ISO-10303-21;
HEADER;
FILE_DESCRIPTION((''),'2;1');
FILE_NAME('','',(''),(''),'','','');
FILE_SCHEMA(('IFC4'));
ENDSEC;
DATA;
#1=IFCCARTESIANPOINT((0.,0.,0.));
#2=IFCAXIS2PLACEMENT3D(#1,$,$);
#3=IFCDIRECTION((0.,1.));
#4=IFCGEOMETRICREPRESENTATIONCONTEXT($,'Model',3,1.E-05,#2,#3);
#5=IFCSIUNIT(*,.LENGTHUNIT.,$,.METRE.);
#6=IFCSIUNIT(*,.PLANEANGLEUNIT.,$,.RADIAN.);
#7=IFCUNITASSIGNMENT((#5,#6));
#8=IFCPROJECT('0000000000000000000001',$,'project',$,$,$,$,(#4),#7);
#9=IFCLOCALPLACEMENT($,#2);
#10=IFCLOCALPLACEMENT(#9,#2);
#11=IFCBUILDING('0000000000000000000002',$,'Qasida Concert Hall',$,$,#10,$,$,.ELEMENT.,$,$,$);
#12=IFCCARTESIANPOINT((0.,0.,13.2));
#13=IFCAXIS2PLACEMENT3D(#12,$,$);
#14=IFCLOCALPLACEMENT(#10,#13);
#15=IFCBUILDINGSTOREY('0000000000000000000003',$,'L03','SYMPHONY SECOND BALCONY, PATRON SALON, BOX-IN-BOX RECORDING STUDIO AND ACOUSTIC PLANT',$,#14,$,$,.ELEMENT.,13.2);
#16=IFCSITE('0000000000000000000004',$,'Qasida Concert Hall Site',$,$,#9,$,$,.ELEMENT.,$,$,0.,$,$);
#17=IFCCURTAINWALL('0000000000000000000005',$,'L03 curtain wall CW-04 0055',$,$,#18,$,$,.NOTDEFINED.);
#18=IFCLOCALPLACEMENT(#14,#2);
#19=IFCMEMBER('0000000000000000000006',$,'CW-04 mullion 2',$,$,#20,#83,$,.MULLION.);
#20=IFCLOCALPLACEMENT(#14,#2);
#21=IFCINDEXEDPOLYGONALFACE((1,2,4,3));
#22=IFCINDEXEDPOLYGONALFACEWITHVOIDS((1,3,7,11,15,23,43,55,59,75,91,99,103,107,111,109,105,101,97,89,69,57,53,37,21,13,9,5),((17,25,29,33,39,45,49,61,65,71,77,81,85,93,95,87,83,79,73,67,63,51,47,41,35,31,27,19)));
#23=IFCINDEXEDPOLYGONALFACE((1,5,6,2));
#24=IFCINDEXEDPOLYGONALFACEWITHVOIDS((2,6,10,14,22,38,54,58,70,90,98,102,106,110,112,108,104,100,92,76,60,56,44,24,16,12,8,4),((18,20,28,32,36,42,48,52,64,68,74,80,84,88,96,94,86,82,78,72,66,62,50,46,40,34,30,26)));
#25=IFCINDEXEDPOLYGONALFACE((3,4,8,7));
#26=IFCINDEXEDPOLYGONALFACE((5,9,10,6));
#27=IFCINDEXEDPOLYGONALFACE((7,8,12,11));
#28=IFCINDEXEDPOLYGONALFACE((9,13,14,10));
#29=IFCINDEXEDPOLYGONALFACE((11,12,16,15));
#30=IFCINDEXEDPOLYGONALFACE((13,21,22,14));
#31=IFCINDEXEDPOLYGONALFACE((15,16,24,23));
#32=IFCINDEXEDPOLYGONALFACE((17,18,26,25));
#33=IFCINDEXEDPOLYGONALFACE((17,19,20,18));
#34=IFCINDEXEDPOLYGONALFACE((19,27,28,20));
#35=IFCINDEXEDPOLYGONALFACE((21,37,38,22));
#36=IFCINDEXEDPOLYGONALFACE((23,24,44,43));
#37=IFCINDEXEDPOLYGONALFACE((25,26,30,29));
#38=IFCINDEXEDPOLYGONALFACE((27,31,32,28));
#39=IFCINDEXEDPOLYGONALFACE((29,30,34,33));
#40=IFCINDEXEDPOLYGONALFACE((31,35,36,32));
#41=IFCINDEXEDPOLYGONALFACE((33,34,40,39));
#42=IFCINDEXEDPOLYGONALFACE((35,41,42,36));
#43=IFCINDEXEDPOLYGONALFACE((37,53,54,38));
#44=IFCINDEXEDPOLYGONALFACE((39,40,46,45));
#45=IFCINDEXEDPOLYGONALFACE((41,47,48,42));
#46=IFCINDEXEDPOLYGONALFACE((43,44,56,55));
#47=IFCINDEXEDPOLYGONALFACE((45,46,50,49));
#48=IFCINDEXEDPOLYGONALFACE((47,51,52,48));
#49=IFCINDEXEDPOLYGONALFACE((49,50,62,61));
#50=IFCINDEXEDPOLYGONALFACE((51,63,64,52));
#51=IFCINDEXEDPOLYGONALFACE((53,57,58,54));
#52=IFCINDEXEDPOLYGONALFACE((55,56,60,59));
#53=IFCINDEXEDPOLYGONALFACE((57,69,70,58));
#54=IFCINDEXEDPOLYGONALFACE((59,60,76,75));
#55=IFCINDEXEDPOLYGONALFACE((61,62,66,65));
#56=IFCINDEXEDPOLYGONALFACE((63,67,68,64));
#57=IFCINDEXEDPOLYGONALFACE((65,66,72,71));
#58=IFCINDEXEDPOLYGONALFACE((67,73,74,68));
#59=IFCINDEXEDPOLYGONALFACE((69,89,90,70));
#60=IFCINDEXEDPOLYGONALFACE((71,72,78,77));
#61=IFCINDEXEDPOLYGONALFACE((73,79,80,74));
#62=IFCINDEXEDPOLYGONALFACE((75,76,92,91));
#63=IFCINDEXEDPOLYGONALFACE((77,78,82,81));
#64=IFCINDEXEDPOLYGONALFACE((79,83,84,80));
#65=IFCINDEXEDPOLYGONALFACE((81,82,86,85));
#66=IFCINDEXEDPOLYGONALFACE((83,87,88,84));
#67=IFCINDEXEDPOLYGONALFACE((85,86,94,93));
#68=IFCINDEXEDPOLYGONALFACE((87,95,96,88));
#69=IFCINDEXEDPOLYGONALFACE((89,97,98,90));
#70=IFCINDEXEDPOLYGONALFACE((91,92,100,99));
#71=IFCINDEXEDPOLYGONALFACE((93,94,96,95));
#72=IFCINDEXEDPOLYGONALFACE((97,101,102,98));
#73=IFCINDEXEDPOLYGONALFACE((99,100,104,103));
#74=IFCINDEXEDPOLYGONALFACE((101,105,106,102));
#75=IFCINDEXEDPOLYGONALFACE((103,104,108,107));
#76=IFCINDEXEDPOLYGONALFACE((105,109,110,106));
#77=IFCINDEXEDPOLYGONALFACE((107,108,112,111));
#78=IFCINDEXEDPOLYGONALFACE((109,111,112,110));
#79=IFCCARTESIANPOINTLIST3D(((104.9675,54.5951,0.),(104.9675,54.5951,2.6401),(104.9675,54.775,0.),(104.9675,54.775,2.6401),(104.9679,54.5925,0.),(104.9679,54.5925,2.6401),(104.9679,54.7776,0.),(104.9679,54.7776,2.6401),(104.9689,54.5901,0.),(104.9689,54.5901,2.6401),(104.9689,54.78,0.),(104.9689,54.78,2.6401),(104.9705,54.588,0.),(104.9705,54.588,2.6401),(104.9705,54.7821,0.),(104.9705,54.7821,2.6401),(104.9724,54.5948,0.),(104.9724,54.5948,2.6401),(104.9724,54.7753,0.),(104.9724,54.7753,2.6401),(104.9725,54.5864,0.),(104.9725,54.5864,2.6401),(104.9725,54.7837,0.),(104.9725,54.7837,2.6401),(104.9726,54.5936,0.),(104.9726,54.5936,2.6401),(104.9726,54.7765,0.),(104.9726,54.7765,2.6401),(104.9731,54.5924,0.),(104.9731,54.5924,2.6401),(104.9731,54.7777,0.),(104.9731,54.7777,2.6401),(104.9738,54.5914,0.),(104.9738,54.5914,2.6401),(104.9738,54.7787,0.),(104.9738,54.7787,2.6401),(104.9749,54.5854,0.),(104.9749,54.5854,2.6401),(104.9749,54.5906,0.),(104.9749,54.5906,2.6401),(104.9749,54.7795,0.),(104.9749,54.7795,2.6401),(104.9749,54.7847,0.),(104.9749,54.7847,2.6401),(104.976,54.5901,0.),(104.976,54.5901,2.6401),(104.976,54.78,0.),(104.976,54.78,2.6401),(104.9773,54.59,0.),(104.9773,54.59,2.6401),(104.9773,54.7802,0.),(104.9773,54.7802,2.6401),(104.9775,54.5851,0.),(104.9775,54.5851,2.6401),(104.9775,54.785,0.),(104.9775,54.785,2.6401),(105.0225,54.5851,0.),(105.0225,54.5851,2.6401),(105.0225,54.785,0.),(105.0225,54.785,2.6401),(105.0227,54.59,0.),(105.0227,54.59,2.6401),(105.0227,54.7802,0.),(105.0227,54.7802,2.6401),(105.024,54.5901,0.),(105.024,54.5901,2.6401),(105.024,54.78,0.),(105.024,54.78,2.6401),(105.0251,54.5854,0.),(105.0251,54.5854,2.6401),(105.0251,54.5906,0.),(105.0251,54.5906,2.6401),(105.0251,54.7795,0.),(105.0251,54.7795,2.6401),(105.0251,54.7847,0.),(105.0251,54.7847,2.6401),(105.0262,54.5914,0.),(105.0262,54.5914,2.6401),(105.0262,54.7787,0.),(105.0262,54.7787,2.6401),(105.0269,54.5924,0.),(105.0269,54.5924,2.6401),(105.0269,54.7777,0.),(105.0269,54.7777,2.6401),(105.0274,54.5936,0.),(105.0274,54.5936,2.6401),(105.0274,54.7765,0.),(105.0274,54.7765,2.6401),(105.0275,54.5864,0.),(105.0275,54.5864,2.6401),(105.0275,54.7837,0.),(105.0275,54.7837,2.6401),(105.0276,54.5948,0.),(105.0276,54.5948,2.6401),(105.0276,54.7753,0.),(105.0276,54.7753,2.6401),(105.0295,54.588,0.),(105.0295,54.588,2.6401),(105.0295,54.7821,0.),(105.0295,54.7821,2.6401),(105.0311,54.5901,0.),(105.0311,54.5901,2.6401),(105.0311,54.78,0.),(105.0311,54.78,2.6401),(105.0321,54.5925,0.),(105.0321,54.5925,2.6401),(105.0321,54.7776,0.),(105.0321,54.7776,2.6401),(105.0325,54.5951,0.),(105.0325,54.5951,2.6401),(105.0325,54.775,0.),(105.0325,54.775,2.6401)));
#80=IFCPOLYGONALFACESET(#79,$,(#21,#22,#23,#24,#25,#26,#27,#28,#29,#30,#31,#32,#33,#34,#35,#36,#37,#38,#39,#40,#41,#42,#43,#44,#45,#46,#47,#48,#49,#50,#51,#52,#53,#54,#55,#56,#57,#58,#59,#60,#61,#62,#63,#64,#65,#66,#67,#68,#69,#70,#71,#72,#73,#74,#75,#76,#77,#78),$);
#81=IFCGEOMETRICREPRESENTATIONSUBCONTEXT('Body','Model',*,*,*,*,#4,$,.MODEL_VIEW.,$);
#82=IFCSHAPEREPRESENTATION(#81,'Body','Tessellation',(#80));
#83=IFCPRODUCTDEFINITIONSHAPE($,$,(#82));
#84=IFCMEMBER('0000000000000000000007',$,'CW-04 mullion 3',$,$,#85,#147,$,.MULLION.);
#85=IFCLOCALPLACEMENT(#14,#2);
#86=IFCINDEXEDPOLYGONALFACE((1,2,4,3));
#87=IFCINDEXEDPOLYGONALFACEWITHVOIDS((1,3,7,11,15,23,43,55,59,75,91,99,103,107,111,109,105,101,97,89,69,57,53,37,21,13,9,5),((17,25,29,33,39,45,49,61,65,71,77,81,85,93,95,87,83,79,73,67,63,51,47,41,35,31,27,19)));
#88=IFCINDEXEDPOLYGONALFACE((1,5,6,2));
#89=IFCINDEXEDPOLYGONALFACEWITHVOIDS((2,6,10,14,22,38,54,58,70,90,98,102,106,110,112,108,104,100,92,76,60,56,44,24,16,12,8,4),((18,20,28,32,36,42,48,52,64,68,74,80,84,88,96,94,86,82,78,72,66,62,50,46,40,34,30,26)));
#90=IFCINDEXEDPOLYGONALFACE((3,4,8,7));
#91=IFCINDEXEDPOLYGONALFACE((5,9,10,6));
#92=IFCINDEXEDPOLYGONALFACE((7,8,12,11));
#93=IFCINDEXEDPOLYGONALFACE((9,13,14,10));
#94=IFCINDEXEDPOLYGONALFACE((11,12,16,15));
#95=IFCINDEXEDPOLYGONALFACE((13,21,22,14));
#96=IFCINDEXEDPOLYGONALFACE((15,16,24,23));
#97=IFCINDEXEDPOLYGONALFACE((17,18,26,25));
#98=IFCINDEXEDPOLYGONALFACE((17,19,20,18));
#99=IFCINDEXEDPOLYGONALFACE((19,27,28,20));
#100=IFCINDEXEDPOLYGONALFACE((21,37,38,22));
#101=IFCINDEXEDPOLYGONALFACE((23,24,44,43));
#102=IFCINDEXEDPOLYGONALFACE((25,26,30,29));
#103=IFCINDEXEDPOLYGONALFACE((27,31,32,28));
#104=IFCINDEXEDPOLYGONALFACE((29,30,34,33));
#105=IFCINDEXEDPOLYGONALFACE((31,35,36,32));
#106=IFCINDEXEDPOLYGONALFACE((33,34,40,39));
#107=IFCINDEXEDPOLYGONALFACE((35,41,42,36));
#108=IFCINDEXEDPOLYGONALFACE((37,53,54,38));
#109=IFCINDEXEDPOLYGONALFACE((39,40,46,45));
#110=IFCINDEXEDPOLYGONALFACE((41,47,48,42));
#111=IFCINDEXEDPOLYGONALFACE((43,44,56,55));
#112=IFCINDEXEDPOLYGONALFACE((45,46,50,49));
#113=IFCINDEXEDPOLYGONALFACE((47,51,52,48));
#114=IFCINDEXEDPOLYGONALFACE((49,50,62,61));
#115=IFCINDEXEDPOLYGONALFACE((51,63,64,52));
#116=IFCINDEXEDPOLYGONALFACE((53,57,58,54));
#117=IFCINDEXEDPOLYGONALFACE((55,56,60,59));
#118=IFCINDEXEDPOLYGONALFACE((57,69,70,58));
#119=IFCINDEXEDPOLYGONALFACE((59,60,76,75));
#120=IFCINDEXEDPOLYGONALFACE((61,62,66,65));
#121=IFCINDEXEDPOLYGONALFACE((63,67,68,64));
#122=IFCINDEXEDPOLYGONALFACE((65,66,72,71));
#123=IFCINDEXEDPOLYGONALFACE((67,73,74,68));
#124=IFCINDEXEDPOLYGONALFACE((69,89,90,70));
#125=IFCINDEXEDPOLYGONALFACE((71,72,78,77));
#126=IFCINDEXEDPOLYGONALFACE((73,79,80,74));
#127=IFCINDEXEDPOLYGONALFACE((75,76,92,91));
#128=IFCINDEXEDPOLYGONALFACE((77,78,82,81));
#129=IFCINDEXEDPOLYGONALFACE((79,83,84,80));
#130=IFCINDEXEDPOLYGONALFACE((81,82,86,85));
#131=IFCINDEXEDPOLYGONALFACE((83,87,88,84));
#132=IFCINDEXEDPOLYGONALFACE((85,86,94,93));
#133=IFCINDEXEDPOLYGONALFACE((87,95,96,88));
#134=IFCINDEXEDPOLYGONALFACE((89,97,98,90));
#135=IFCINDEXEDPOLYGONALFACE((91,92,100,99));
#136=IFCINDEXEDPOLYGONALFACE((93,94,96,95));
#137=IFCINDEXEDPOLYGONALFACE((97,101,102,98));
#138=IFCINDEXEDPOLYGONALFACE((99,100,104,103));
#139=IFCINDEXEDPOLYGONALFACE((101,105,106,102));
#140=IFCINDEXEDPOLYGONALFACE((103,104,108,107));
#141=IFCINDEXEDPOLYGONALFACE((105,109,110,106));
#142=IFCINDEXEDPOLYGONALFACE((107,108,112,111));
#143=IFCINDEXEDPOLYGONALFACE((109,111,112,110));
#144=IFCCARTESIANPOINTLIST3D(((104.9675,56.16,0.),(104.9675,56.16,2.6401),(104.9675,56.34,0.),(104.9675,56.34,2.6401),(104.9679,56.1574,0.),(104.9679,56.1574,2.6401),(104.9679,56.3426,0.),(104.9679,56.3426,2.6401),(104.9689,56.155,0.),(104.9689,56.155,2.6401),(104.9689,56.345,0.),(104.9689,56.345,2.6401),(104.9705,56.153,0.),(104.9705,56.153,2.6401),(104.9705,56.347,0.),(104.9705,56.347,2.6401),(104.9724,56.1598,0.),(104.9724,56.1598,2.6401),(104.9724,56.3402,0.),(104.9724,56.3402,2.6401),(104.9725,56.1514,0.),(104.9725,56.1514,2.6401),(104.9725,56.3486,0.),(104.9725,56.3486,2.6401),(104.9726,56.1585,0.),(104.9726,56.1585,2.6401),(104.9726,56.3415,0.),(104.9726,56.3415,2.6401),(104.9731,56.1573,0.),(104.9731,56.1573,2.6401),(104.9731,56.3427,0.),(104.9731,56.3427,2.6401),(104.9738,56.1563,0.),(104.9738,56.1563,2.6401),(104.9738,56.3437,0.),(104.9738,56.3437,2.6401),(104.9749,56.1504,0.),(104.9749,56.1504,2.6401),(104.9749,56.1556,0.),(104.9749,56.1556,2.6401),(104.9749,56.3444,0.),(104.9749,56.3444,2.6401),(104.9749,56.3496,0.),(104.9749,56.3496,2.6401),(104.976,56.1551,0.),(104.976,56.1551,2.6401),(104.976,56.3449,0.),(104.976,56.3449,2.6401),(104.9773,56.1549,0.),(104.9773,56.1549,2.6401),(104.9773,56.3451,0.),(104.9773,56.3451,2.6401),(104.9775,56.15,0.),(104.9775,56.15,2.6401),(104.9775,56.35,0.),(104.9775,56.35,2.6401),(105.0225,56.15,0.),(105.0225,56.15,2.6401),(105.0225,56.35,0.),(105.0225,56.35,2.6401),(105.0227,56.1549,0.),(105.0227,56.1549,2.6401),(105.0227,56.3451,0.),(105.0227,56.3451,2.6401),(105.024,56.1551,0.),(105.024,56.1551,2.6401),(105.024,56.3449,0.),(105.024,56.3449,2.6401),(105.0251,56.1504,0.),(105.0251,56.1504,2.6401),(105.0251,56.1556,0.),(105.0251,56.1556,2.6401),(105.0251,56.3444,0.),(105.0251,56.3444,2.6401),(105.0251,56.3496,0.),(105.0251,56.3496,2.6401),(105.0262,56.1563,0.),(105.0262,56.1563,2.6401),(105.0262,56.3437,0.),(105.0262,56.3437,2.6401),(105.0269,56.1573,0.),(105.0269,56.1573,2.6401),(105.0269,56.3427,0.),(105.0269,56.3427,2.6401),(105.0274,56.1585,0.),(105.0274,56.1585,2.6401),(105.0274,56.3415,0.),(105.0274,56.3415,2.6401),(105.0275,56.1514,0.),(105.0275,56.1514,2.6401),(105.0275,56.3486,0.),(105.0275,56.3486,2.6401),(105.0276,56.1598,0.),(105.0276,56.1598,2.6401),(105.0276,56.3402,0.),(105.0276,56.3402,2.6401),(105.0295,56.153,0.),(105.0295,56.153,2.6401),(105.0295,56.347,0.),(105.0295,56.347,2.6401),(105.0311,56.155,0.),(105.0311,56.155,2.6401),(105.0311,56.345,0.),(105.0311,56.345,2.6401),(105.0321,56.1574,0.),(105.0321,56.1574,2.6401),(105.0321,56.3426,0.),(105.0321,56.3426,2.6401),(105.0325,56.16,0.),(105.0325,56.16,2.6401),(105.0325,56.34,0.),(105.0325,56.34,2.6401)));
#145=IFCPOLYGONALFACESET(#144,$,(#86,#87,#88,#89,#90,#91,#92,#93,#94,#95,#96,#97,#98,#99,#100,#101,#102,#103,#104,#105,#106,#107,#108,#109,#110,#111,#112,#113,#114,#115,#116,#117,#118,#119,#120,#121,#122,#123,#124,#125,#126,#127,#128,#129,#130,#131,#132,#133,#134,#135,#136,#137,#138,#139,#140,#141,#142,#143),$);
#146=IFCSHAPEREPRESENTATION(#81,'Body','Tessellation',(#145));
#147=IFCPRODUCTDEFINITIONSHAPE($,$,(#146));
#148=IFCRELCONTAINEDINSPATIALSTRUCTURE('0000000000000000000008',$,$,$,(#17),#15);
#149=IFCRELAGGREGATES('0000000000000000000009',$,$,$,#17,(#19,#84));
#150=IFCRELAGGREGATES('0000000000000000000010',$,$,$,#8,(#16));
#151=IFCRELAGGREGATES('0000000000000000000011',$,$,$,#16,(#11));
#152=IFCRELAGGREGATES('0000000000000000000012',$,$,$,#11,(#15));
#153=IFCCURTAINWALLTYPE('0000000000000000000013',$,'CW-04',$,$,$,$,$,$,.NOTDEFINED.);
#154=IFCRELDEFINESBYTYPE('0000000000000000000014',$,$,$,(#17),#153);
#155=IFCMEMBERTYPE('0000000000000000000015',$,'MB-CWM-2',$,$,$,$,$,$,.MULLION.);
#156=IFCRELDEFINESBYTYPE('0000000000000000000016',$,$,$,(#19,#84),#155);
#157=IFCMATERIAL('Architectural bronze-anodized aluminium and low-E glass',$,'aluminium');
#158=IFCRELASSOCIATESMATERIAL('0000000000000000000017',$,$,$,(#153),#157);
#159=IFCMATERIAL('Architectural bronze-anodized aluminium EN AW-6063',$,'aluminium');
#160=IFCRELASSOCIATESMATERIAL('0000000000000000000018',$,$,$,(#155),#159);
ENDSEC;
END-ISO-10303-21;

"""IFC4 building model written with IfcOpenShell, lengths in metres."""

from ifc_helpers import new_model, si_unit, direction, frame, origin, origin_2d, place, context, subcontext, project, spatial, hollow_rectangle, extrude, material, material_profile, profile_set, type_object, element, aggregate, save


model = new_model("IFC4")

# Units and contexts
model_context = context("Model", 3, precision=1e-05, world=origin(), true_north=direction((0.0, 1.0)))
body_context = subcontext(model_context, "Body", "Model", "MODEL_VIEW")
ifc_project = project(units=[si_unit("LENGTHUNIT", "METRE"), si_unit("PLANEANGLEUNIT", "RADIAN")], contexts=[model_context])

# Site, building, storey
site_placement = place(None, origin())
site = spatial("IfcSite", under=ifc_project, at=site_placement, Name="Qasida Concert Hall Site", CompositionType="ELEMENT", RefElevation=0.0)
building_placement = place(site_placement, origin())
building = spatial("IfcBuilding", under=site, at=building_placement, Name="Qasida Concert Hall", CompositionType="ELEMENT")
storey_placement = place(building_placement, frame((0.0, 0.0, 13.2)))
storey = spatial("IfcBuildingStorey", under=building, at=storey_placement, Name="L03", Description="SYMPHONY SECOND BALCONY, PATRON SALON, BOX-IN-BOX RECORDING STUDIO AND ACOUSTIC PLANT", CompositionType="ELEMENT", Elevation=13.2)

# Curtain wall, members
ifc_material_1 = material(Name="Architectural bronze-anodized aluminium and low-E glass", Category="aluminium")
curtain_wall_type = type_object("IfcCurtainWallType", Name="CW-04", PredefinedType="NOTDEFINED", material=ifc_material_1)
curtain_wall_placement = place(storey_placement, origin())
curtain_wall = element("IfcCurtainWall", 1, at=curtain_wall_placement, inside=storey, type_object=curtain_wall_type, Name="L03 curtain wall CW-04 0055", PredefinedType="NOTDEFINED")
ifc_material_2 = material(Name="Architectural bronze-anodized aluminium EN AW-6063", Category="aluminium")
ifc_material_profile_1 = material_profile(ifc_material_2, hollow_rectangle(XDim=0.0649, YDim=0.2, WallThickness=0.0049, InnerFilletRadius=0.0049, OuterFilletRadius=0.01, at=origin_2d()), Name="CWM 200x65x5")
ifc_profile_set_1 = profile_set([ifc_material_profile_1], Name="Architectural bronze-anodized aluminium EN AW-6063")
member_type_1 = type_object("IfcMemberType", Name="MB-CWM-2", PredefinedType="MULLION", material=ifc_profile_set_1)
member_1_placement = place(storey_placement, frame((105.0, 54.6851, 0.0), z_axis=(0.0, 0.0, 1.0), x_axis=(-1.0, 0.0, 0.0)))
member_1 = element("IfcMember", 2, at=member_1_placement, type_object=member_type_1, Name="CW-04 mullion 2", PredefinedType="MULLION", context=body_context, shape_type="SweptSolid", body=[
    extrude(hollow_rectangle(XDim=0.0649, YDim=0.2, WallThickness=0.0049, InnerFilletRadius=0.0049, OuterFilletRadius=0.01, at=origin_2d()), origin(), (0.0, 0.0, 1.0), 2.6401),
])
member_2_placement = place(storey_placement, frame((105.0, 56.25, 0.0), z_axis=(0.0, 0.0, 1.0), x_axis=(-1.0, 0.0, 0.0)))
member_2 = element("IfcMember", 3, at=member_2_placement, type_object=member_type_1, Name="CW-04 mullion 3", PredefinedType="MULLION", context=body_context, shape_type="SweptSolid", body=[
    extrude(hollow_rectangle(XDim=0.0649, YDim=0.2, WallThickness=0.0049, InnerFilletRadius=0.0049, OuterFilletRadius=0.01, at=origin_2d()), origin(), (0.0, 0.0, 1.0), 2.6401),
])
aggregate(curtain_wall, [member_1, member_2])

save(model, "model.ifc")
